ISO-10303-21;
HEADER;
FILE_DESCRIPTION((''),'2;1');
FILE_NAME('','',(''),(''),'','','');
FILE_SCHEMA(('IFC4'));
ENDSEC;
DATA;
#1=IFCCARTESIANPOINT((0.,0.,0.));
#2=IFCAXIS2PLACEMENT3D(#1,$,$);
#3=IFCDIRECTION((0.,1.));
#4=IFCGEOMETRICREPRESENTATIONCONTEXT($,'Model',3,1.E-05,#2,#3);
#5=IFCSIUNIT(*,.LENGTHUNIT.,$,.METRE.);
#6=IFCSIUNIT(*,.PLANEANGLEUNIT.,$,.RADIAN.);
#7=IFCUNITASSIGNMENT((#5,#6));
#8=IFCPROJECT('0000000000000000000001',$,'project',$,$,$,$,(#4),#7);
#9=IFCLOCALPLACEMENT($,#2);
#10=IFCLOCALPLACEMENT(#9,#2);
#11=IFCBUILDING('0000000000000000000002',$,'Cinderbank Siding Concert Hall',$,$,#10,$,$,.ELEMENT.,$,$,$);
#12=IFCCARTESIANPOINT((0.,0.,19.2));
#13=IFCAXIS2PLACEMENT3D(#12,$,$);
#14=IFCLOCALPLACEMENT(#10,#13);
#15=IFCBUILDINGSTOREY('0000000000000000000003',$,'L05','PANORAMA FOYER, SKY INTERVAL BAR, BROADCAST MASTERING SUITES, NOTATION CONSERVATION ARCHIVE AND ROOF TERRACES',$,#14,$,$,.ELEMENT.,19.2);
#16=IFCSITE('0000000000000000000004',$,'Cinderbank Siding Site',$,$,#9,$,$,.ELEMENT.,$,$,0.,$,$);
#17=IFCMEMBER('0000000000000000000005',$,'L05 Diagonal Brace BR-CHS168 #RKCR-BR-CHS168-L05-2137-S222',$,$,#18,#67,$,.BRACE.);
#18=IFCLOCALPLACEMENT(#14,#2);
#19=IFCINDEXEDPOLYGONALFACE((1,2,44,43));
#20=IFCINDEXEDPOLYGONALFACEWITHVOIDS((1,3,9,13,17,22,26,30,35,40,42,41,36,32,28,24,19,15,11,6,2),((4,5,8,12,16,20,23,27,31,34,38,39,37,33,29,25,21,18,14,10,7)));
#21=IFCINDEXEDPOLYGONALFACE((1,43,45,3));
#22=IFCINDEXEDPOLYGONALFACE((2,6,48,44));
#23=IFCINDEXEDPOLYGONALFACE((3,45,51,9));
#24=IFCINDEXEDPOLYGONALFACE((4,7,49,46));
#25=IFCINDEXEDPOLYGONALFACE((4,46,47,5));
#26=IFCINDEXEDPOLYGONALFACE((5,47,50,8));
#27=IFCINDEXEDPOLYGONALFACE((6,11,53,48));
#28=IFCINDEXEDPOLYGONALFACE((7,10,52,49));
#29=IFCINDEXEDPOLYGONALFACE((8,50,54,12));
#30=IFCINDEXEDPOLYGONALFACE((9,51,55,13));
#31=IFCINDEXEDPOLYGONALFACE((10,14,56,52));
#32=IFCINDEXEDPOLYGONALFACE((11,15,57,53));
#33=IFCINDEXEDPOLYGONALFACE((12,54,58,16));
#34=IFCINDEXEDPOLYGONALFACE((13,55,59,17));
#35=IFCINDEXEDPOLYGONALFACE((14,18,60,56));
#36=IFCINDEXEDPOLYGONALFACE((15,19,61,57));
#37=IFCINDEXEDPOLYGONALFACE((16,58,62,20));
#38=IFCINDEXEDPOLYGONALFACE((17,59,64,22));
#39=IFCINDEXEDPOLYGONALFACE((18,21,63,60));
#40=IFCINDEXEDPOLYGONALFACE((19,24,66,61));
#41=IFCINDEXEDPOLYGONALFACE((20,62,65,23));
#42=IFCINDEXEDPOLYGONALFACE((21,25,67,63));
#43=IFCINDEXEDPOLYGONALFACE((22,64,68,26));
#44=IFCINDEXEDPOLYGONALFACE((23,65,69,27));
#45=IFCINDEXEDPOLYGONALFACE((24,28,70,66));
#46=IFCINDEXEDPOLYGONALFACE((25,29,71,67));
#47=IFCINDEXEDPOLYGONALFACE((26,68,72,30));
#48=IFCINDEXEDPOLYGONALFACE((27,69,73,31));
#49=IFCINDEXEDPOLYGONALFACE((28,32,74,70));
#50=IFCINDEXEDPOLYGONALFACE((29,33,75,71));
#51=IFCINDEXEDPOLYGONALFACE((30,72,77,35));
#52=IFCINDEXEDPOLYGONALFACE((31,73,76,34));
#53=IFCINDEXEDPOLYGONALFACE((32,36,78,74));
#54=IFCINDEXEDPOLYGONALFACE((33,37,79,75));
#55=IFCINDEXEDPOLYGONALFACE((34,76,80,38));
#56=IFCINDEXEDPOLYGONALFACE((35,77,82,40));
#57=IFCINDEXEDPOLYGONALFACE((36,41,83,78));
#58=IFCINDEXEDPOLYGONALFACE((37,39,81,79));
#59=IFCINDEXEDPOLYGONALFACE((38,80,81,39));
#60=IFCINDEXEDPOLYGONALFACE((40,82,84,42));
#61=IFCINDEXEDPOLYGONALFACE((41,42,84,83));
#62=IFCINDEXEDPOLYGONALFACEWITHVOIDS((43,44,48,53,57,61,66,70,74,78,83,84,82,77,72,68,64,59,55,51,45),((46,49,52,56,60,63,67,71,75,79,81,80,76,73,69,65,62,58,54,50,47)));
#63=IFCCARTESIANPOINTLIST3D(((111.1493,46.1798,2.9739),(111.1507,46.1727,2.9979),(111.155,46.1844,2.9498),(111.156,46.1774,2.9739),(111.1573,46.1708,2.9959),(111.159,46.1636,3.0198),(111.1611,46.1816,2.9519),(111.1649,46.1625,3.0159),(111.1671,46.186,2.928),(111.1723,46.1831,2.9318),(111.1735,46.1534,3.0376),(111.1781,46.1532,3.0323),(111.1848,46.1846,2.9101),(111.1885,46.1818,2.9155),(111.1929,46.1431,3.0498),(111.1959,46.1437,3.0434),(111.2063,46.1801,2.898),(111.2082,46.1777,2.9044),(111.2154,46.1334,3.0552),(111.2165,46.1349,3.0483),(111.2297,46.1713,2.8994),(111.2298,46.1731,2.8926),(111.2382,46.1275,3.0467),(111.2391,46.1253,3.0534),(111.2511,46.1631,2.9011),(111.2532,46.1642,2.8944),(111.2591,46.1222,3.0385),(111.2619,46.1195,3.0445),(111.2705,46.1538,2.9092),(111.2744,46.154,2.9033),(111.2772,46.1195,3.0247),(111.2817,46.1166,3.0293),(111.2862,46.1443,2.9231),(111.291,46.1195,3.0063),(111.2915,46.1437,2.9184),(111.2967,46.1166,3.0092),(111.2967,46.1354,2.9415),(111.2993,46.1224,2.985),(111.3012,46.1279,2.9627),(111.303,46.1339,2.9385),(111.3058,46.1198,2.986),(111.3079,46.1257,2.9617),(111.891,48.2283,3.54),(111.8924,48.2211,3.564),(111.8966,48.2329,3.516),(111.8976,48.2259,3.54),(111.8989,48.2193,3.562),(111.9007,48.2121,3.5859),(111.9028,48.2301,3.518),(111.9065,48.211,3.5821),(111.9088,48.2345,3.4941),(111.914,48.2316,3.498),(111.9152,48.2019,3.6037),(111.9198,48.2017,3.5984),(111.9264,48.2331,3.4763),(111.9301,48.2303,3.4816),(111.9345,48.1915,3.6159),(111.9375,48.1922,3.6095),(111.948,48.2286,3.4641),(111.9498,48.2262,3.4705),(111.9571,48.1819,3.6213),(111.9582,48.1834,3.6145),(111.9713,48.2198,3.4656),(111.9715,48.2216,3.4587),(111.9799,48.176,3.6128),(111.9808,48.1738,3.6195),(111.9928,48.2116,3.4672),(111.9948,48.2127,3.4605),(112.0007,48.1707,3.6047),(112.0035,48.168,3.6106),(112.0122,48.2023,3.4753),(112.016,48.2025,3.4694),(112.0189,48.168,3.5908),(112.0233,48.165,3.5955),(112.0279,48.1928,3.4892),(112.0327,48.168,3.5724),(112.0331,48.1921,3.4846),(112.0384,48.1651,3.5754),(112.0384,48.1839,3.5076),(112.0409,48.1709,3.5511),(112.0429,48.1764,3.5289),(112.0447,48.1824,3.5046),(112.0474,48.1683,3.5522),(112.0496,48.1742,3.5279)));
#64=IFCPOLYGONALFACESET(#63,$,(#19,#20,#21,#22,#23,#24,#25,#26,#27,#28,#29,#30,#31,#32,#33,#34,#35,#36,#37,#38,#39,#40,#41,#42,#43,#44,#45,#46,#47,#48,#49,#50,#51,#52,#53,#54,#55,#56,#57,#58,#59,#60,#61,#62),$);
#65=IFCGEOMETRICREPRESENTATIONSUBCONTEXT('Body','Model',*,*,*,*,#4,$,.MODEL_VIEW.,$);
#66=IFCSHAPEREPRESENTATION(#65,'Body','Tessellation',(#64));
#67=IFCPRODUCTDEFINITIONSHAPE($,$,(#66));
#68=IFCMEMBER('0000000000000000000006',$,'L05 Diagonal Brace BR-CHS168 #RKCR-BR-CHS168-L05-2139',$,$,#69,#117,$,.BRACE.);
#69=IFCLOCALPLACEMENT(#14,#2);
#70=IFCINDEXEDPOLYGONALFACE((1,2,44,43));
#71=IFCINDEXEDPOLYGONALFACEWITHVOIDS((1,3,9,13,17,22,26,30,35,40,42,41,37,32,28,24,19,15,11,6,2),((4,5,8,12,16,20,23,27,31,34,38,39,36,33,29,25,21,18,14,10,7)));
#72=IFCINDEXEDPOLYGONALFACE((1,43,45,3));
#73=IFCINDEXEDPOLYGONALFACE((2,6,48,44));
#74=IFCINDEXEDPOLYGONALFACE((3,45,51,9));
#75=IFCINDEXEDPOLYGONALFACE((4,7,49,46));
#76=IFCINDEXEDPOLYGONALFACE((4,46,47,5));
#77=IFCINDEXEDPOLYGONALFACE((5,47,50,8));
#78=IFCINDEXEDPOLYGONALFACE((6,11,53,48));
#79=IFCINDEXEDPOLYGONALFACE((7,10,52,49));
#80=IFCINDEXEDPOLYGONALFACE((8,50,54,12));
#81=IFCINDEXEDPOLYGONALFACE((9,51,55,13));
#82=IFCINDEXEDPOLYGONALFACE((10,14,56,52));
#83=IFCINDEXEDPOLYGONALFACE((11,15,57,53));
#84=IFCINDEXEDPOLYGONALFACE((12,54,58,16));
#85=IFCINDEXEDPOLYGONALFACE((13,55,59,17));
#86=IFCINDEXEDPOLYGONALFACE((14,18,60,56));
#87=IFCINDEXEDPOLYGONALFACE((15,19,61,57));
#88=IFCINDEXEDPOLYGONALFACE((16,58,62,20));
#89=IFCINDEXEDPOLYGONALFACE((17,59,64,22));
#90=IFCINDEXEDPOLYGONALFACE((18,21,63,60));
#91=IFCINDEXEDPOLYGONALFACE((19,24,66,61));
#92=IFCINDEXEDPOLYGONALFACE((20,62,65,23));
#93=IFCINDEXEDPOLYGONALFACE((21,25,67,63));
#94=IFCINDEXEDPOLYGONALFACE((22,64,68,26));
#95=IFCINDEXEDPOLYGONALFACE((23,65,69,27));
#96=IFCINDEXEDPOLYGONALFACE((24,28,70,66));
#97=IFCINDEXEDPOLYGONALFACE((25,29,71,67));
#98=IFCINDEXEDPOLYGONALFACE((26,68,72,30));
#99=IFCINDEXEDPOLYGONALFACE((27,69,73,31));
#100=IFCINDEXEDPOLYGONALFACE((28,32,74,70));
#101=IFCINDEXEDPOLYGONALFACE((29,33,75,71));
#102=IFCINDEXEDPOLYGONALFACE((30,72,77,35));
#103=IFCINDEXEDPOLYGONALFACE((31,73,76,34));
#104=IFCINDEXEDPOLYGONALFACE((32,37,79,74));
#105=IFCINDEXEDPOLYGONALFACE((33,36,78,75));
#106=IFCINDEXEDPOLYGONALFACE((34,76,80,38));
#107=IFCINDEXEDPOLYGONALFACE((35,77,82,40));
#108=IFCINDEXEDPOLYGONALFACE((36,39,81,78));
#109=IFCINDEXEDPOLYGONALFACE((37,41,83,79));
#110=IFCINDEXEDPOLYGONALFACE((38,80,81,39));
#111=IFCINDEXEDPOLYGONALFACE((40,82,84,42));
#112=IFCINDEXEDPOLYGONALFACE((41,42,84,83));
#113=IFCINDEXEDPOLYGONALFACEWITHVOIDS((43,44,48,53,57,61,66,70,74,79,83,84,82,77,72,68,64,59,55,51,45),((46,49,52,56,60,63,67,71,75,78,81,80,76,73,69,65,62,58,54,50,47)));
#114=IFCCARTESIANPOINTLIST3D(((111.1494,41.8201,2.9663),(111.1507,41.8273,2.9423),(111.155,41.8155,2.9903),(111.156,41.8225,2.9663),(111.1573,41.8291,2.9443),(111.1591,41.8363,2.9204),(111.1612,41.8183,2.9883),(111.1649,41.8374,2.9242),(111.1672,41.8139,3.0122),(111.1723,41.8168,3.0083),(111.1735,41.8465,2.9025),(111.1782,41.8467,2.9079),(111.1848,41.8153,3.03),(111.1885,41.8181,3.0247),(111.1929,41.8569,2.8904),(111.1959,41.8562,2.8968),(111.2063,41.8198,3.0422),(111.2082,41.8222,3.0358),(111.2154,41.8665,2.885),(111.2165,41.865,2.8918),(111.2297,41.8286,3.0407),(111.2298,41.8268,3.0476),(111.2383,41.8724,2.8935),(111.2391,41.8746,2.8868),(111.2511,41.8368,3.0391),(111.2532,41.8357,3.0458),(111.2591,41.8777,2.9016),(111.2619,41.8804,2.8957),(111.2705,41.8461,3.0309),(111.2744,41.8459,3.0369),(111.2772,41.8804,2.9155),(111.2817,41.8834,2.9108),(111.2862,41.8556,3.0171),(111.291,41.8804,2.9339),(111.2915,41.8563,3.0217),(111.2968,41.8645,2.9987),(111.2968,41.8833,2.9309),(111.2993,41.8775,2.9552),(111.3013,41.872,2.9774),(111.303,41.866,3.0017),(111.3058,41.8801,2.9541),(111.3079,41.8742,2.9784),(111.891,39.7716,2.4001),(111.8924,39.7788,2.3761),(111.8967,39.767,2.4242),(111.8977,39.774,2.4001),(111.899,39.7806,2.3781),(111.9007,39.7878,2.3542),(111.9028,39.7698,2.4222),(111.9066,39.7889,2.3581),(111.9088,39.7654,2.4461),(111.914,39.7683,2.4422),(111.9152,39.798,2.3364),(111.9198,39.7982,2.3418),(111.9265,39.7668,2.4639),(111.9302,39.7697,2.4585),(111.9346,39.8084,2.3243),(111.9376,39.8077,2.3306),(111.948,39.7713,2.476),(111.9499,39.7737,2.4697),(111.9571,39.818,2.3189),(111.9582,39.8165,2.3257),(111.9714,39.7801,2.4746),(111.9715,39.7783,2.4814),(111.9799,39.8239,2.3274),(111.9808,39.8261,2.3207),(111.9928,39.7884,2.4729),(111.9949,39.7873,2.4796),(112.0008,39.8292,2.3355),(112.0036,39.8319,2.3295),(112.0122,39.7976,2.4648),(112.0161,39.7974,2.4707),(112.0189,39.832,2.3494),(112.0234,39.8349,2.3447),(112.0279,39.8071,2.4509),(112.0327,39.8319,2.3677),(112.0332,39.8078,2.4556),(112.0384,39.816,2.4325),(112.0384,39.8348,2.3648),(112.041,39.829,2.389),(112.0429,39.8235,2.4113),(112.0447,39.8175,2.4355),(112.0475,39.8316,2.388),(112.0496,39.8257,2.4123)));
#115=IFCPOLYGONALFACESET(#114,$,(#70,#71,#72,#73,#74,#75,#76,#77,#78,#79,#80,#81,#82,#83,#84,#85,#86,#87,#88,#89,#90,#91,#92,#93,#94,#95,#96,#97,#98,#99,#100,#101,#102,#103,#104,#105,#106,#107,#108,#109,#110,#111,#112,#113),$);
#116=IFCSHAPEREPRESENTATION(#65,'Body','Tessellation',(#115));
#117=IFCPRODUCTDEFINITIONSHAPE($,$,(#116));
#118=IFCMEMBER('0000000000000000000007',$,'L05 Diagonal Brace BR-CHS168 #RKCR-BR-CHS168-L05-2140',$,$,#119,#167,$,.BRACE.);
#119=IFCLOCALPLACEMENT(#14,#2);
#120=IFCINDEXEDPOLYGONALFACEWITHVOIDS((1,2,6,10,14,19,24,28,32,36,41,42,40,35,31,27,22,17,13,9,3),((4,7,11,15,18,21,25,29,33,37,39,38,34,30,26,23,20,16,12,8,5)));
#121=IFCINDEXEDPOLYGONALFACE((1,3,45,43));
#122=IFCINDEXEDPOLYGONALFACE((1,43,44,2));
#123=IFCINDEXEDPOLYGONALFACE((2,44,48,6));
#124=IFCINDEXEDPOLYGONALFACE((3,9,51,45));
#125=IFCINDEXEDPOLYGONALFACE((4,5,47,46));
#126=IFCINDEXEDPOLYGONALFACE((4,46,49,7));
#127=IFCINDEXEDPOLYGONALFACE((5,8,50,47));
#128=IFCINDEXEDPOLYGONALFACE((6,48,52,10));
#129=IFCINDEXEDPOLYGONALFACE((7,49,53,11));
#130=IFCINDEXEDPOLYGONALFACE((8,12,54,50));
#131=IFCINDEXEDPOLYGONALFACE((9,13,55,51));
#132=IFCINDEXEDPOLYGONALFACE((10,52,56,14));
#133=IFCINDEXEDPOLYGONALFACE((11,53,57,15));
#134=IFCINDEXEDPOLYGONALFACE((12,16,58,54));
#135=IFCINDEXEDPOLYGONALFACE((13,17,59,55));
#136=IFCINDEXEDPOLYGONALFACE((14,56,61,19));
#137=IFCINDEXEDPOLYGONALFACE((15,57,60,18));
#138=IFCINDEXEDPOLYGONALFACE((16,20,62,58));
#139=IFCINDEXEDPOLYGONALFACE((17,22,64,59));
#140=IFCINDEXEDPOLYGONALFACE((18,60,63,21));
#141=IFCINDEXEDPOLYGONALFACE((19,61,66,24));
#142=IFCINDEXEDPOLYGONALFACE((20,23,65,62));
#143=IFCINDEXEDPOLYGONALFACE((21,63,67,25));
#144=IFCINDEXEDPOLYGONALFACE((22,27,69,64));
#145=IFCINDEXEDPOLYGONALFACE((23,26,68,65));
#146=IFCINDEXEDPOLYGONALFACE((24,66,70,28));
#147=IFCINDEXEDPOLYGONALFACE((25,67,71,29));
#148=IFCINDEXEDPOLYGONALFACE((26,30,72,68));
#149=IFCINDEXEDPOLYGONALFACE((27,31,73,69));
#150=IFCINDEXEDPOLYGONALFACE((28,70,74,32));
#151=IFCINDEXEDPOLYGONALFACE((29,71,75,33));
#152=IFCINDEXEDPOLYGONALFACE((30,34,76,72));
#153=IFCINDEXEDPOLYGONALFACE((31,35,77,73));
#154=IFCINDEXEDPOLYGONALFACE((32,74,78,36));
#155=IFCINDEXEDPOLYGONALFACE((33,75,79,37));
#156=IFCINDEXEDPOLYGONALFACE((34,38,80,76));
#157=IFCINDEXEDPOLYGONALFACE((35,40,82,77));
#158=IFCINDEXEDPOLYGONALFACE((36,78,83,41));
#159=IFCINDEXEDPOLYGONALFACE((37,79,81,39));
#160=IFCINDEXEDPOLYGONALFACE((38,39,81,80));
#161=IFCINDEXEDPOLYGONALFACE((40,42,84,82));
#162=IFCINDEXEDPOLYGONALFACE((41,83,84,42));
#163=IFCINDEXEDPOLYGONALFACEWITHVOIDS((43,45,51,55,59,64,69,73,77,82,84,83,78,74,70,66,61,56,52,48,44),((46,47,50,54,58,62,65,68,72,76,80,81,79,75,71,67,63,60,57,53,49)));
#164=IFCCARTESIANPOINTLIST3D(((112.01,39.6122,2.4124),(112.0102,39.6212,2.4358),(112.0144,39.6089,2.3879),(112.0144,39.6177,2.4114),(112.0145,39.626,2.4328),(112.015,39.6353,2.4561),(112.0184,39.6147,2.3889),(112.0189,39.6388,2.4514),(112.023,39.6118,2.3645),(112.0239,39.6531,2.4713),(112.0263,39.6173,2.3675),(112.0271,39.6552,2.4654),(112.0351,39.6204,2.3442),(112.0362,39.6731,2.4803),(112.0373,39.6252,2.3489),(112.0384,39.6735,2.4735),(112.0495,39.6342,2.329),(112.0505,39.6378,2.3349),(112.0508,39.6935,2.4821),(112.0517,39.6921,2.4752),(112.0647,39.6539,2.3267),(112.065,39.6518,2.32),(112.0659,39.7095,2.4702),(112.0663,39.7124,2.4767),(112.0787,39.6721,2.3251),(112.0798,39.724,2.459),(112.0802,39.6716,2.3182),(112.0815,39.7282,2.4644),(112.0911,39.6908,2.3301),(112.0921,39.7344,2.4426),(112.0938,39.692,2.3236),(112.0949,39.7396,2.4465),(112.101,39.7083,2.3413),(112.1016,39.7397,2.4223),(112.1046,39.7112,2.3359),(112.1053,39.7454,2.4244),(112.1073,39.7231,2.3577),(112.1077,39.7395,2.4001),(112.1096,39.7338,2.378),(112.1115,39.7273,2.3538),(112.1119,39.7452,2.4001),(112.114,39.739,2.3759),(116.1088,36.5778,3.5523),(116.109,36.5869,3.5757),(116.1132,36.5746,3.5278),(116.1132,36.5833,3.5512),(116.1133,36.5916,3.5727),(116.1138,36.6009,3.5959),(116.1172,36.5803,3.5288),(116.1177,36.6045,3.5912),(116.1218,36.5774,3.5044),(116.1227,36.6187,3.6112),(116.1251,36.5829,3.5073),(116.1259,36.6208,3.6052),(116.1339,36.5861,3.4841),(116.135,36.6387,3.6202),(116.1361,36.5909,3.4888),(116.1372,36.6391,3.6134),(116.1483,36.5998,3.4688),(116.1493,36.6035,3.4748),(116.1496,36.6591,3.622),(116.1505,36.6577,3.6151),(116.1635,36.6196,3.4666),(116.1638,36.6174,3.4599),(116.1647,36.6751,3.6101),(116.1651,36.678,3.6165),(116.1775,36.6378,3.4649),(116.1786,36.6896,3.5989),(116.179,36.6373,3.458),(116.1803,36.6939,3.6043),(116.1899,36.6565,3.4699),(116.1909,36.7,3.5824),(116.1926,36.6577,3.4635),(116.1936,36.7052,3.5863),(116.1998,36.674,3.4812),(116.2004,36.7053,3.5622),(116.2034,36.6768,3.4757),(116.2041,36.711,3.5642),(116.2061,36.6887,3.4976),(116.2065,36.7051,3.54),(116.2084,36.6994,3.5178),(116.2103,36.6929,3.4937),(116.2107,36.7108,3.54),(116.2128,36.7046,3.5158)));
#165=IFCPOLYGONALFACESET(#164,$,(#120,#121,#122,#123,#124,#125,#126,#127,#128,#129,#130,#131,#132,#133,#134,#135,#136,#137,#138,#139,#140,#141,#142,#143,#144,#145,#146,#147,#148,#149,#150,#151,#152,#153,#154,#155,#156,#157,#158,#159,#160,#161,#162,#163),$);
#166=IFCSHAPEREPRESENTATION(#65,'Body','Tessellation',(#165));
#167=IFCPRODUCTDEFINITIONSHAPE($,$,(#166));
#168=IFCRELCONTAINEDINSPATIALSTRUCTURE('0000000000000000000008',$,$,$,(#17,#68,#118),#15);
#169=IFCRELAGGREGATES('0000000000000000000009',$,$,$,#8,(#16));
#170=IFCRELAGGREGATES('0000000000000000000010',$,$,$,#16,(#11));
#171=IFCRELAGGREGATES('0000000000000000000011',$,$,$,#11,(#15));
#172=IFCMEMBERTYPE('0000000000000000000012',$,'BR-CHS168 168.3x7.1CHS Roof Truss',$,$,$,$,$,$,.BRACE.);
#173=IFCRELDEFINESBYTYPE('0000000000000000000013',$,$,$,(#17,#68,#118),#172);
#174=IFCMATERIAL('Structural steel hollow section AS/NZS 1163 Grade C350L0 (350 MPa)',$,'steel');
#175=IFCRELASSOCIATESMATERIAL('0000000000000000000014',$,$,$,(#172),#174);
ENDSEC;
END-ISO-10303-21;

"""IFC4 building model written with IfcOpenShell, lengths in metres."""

from ifc_helpers import new_model, si_unit, direction, frame, origin, origin_2d, place, context, subcontext, project, spatial, hollow_circle, extrude, material, material_profile, profile_set, type_object, element, save


model = new_model("IFC4")

# Units and contexts
model_context = context("Model", 3, precision=1e-05, world=origin(), true_north=direction((0.0, 1.0)))
body_context = subcontext(model_context, "Body", "Model", "MODEL_VIEW")
ifc_project = project(units=[si_unit("LENGTHUNIT", "METRE"), si_unit("PLANEANGLEUNIT", "RADIAN")], contexts=[model_context])

# Site, building, storey
site_placement = place(None, origin())
site = spatial("IfcSite", under=ifc_project, at=site_placement, Name="Cinderbank Siding Site", CompositionType="ELEMENT", RefElevation=0.0)
building_placement = place(site_placement, origin())
building = spatial("IfcBuilding", under=site, at=building_placement, Name="Cinderbank Siding Concert Hall", CompositionType="ELEMENT")
storey_placement = place(building_placement, frame((0.0, 0.0, 19.2)))
storey = spatial("IfcBuildingStorey", under=building, at=storey_placement, Name="L05", Description="PANORAMA FOYER, SKY INTERVAL BAR, BROADCAST MASTERING SUITES, NOTATION CONSERVATION ARCHIVE AND ROOF TERRACES", CompositionType="ELEMENT", Elevation=19.2)

# Shared definitions
ifc_material_1 = material(Name="Structural steel hollow section AS/NZS 1163 Grade C350L0 (350 MPa)", Category="steel")

# Members
ifc_material_profile_1 = material_profile(ifc_material_1, hollow_circle(Radius=0.0842, WallThickness=0.0071, at=origin_2d()), Name="168.3x7.1CHS", Category="LoadBearing")
ifc_profile_set_1 = profile_set([ifc_material_profile_1], Name="Structural steel hollow section AS/NZS 1163 Grade C350L0 (350 MPa)")
member_type = type_object("IfcMemberType", Name="BR-CHS168 168.3x7.1CHS Roof Truss", PredefinedType="BRACE", material=ifc_profile_set_1)
for number, where, z_axis, x_axis, name in (
    (1, (111.2285, 46.1511, 2.9739), (0.329486, 0.910046, 0.251507), (-0.94027, 0.340429, 0.0), "L05 Diagonal Brace BR-CHS168 #RKCR-BR-CHS168-L05-2137-S222"),
    (2, (111.9702, 39.8003, 2.4001), (-0.329486, 0.910046, 0.251507), (-0.94027, -0.340429, 0.0), "L05 Diagonal Brace BR-CHS168 #RKCR-BR-CHS168-L05-2139"),
):
    element("IfcMember", number, at=place(storey_placement, frame(where, z_axis=z_axis, x_axis=x_axis)), inside=storey, type_object=member_type, Name=name, PredefinedType="BRACE", context=body_context, shape_type="SweptSolid", body=[
        extrude(hollow_circle(Radius=0.0842, WallThickness=0.0071, at=origin_2d()), origin(), (0.0, 0.0, 1.0), 2.251),
    ])
member_1_placement = place(storey_placement, frame((112.0618, 39.6775, 2.4001), z_axis=(0.78437, -0.580674, 0.218132), x_axis=(0.595002, 0.803724, 0.0)))
element("IfcMember", 3, at=member_1_placement, inside=storey, type_object=member_type, Name="L05 Diagonal Brace BR-CHS168 #RKCR-BR-CHS168-L05-2140", PredefinedType="BRACE", context=body_context, shape_type="SweptSolid", body=[
    extrude(hollow_circle(Radius=0.0842, WallThickness=0.0071, at=origin_2d()), origin(), (0.0, 0.0, 1.0), 5.2256),
])

save(model, "model.ifc")
